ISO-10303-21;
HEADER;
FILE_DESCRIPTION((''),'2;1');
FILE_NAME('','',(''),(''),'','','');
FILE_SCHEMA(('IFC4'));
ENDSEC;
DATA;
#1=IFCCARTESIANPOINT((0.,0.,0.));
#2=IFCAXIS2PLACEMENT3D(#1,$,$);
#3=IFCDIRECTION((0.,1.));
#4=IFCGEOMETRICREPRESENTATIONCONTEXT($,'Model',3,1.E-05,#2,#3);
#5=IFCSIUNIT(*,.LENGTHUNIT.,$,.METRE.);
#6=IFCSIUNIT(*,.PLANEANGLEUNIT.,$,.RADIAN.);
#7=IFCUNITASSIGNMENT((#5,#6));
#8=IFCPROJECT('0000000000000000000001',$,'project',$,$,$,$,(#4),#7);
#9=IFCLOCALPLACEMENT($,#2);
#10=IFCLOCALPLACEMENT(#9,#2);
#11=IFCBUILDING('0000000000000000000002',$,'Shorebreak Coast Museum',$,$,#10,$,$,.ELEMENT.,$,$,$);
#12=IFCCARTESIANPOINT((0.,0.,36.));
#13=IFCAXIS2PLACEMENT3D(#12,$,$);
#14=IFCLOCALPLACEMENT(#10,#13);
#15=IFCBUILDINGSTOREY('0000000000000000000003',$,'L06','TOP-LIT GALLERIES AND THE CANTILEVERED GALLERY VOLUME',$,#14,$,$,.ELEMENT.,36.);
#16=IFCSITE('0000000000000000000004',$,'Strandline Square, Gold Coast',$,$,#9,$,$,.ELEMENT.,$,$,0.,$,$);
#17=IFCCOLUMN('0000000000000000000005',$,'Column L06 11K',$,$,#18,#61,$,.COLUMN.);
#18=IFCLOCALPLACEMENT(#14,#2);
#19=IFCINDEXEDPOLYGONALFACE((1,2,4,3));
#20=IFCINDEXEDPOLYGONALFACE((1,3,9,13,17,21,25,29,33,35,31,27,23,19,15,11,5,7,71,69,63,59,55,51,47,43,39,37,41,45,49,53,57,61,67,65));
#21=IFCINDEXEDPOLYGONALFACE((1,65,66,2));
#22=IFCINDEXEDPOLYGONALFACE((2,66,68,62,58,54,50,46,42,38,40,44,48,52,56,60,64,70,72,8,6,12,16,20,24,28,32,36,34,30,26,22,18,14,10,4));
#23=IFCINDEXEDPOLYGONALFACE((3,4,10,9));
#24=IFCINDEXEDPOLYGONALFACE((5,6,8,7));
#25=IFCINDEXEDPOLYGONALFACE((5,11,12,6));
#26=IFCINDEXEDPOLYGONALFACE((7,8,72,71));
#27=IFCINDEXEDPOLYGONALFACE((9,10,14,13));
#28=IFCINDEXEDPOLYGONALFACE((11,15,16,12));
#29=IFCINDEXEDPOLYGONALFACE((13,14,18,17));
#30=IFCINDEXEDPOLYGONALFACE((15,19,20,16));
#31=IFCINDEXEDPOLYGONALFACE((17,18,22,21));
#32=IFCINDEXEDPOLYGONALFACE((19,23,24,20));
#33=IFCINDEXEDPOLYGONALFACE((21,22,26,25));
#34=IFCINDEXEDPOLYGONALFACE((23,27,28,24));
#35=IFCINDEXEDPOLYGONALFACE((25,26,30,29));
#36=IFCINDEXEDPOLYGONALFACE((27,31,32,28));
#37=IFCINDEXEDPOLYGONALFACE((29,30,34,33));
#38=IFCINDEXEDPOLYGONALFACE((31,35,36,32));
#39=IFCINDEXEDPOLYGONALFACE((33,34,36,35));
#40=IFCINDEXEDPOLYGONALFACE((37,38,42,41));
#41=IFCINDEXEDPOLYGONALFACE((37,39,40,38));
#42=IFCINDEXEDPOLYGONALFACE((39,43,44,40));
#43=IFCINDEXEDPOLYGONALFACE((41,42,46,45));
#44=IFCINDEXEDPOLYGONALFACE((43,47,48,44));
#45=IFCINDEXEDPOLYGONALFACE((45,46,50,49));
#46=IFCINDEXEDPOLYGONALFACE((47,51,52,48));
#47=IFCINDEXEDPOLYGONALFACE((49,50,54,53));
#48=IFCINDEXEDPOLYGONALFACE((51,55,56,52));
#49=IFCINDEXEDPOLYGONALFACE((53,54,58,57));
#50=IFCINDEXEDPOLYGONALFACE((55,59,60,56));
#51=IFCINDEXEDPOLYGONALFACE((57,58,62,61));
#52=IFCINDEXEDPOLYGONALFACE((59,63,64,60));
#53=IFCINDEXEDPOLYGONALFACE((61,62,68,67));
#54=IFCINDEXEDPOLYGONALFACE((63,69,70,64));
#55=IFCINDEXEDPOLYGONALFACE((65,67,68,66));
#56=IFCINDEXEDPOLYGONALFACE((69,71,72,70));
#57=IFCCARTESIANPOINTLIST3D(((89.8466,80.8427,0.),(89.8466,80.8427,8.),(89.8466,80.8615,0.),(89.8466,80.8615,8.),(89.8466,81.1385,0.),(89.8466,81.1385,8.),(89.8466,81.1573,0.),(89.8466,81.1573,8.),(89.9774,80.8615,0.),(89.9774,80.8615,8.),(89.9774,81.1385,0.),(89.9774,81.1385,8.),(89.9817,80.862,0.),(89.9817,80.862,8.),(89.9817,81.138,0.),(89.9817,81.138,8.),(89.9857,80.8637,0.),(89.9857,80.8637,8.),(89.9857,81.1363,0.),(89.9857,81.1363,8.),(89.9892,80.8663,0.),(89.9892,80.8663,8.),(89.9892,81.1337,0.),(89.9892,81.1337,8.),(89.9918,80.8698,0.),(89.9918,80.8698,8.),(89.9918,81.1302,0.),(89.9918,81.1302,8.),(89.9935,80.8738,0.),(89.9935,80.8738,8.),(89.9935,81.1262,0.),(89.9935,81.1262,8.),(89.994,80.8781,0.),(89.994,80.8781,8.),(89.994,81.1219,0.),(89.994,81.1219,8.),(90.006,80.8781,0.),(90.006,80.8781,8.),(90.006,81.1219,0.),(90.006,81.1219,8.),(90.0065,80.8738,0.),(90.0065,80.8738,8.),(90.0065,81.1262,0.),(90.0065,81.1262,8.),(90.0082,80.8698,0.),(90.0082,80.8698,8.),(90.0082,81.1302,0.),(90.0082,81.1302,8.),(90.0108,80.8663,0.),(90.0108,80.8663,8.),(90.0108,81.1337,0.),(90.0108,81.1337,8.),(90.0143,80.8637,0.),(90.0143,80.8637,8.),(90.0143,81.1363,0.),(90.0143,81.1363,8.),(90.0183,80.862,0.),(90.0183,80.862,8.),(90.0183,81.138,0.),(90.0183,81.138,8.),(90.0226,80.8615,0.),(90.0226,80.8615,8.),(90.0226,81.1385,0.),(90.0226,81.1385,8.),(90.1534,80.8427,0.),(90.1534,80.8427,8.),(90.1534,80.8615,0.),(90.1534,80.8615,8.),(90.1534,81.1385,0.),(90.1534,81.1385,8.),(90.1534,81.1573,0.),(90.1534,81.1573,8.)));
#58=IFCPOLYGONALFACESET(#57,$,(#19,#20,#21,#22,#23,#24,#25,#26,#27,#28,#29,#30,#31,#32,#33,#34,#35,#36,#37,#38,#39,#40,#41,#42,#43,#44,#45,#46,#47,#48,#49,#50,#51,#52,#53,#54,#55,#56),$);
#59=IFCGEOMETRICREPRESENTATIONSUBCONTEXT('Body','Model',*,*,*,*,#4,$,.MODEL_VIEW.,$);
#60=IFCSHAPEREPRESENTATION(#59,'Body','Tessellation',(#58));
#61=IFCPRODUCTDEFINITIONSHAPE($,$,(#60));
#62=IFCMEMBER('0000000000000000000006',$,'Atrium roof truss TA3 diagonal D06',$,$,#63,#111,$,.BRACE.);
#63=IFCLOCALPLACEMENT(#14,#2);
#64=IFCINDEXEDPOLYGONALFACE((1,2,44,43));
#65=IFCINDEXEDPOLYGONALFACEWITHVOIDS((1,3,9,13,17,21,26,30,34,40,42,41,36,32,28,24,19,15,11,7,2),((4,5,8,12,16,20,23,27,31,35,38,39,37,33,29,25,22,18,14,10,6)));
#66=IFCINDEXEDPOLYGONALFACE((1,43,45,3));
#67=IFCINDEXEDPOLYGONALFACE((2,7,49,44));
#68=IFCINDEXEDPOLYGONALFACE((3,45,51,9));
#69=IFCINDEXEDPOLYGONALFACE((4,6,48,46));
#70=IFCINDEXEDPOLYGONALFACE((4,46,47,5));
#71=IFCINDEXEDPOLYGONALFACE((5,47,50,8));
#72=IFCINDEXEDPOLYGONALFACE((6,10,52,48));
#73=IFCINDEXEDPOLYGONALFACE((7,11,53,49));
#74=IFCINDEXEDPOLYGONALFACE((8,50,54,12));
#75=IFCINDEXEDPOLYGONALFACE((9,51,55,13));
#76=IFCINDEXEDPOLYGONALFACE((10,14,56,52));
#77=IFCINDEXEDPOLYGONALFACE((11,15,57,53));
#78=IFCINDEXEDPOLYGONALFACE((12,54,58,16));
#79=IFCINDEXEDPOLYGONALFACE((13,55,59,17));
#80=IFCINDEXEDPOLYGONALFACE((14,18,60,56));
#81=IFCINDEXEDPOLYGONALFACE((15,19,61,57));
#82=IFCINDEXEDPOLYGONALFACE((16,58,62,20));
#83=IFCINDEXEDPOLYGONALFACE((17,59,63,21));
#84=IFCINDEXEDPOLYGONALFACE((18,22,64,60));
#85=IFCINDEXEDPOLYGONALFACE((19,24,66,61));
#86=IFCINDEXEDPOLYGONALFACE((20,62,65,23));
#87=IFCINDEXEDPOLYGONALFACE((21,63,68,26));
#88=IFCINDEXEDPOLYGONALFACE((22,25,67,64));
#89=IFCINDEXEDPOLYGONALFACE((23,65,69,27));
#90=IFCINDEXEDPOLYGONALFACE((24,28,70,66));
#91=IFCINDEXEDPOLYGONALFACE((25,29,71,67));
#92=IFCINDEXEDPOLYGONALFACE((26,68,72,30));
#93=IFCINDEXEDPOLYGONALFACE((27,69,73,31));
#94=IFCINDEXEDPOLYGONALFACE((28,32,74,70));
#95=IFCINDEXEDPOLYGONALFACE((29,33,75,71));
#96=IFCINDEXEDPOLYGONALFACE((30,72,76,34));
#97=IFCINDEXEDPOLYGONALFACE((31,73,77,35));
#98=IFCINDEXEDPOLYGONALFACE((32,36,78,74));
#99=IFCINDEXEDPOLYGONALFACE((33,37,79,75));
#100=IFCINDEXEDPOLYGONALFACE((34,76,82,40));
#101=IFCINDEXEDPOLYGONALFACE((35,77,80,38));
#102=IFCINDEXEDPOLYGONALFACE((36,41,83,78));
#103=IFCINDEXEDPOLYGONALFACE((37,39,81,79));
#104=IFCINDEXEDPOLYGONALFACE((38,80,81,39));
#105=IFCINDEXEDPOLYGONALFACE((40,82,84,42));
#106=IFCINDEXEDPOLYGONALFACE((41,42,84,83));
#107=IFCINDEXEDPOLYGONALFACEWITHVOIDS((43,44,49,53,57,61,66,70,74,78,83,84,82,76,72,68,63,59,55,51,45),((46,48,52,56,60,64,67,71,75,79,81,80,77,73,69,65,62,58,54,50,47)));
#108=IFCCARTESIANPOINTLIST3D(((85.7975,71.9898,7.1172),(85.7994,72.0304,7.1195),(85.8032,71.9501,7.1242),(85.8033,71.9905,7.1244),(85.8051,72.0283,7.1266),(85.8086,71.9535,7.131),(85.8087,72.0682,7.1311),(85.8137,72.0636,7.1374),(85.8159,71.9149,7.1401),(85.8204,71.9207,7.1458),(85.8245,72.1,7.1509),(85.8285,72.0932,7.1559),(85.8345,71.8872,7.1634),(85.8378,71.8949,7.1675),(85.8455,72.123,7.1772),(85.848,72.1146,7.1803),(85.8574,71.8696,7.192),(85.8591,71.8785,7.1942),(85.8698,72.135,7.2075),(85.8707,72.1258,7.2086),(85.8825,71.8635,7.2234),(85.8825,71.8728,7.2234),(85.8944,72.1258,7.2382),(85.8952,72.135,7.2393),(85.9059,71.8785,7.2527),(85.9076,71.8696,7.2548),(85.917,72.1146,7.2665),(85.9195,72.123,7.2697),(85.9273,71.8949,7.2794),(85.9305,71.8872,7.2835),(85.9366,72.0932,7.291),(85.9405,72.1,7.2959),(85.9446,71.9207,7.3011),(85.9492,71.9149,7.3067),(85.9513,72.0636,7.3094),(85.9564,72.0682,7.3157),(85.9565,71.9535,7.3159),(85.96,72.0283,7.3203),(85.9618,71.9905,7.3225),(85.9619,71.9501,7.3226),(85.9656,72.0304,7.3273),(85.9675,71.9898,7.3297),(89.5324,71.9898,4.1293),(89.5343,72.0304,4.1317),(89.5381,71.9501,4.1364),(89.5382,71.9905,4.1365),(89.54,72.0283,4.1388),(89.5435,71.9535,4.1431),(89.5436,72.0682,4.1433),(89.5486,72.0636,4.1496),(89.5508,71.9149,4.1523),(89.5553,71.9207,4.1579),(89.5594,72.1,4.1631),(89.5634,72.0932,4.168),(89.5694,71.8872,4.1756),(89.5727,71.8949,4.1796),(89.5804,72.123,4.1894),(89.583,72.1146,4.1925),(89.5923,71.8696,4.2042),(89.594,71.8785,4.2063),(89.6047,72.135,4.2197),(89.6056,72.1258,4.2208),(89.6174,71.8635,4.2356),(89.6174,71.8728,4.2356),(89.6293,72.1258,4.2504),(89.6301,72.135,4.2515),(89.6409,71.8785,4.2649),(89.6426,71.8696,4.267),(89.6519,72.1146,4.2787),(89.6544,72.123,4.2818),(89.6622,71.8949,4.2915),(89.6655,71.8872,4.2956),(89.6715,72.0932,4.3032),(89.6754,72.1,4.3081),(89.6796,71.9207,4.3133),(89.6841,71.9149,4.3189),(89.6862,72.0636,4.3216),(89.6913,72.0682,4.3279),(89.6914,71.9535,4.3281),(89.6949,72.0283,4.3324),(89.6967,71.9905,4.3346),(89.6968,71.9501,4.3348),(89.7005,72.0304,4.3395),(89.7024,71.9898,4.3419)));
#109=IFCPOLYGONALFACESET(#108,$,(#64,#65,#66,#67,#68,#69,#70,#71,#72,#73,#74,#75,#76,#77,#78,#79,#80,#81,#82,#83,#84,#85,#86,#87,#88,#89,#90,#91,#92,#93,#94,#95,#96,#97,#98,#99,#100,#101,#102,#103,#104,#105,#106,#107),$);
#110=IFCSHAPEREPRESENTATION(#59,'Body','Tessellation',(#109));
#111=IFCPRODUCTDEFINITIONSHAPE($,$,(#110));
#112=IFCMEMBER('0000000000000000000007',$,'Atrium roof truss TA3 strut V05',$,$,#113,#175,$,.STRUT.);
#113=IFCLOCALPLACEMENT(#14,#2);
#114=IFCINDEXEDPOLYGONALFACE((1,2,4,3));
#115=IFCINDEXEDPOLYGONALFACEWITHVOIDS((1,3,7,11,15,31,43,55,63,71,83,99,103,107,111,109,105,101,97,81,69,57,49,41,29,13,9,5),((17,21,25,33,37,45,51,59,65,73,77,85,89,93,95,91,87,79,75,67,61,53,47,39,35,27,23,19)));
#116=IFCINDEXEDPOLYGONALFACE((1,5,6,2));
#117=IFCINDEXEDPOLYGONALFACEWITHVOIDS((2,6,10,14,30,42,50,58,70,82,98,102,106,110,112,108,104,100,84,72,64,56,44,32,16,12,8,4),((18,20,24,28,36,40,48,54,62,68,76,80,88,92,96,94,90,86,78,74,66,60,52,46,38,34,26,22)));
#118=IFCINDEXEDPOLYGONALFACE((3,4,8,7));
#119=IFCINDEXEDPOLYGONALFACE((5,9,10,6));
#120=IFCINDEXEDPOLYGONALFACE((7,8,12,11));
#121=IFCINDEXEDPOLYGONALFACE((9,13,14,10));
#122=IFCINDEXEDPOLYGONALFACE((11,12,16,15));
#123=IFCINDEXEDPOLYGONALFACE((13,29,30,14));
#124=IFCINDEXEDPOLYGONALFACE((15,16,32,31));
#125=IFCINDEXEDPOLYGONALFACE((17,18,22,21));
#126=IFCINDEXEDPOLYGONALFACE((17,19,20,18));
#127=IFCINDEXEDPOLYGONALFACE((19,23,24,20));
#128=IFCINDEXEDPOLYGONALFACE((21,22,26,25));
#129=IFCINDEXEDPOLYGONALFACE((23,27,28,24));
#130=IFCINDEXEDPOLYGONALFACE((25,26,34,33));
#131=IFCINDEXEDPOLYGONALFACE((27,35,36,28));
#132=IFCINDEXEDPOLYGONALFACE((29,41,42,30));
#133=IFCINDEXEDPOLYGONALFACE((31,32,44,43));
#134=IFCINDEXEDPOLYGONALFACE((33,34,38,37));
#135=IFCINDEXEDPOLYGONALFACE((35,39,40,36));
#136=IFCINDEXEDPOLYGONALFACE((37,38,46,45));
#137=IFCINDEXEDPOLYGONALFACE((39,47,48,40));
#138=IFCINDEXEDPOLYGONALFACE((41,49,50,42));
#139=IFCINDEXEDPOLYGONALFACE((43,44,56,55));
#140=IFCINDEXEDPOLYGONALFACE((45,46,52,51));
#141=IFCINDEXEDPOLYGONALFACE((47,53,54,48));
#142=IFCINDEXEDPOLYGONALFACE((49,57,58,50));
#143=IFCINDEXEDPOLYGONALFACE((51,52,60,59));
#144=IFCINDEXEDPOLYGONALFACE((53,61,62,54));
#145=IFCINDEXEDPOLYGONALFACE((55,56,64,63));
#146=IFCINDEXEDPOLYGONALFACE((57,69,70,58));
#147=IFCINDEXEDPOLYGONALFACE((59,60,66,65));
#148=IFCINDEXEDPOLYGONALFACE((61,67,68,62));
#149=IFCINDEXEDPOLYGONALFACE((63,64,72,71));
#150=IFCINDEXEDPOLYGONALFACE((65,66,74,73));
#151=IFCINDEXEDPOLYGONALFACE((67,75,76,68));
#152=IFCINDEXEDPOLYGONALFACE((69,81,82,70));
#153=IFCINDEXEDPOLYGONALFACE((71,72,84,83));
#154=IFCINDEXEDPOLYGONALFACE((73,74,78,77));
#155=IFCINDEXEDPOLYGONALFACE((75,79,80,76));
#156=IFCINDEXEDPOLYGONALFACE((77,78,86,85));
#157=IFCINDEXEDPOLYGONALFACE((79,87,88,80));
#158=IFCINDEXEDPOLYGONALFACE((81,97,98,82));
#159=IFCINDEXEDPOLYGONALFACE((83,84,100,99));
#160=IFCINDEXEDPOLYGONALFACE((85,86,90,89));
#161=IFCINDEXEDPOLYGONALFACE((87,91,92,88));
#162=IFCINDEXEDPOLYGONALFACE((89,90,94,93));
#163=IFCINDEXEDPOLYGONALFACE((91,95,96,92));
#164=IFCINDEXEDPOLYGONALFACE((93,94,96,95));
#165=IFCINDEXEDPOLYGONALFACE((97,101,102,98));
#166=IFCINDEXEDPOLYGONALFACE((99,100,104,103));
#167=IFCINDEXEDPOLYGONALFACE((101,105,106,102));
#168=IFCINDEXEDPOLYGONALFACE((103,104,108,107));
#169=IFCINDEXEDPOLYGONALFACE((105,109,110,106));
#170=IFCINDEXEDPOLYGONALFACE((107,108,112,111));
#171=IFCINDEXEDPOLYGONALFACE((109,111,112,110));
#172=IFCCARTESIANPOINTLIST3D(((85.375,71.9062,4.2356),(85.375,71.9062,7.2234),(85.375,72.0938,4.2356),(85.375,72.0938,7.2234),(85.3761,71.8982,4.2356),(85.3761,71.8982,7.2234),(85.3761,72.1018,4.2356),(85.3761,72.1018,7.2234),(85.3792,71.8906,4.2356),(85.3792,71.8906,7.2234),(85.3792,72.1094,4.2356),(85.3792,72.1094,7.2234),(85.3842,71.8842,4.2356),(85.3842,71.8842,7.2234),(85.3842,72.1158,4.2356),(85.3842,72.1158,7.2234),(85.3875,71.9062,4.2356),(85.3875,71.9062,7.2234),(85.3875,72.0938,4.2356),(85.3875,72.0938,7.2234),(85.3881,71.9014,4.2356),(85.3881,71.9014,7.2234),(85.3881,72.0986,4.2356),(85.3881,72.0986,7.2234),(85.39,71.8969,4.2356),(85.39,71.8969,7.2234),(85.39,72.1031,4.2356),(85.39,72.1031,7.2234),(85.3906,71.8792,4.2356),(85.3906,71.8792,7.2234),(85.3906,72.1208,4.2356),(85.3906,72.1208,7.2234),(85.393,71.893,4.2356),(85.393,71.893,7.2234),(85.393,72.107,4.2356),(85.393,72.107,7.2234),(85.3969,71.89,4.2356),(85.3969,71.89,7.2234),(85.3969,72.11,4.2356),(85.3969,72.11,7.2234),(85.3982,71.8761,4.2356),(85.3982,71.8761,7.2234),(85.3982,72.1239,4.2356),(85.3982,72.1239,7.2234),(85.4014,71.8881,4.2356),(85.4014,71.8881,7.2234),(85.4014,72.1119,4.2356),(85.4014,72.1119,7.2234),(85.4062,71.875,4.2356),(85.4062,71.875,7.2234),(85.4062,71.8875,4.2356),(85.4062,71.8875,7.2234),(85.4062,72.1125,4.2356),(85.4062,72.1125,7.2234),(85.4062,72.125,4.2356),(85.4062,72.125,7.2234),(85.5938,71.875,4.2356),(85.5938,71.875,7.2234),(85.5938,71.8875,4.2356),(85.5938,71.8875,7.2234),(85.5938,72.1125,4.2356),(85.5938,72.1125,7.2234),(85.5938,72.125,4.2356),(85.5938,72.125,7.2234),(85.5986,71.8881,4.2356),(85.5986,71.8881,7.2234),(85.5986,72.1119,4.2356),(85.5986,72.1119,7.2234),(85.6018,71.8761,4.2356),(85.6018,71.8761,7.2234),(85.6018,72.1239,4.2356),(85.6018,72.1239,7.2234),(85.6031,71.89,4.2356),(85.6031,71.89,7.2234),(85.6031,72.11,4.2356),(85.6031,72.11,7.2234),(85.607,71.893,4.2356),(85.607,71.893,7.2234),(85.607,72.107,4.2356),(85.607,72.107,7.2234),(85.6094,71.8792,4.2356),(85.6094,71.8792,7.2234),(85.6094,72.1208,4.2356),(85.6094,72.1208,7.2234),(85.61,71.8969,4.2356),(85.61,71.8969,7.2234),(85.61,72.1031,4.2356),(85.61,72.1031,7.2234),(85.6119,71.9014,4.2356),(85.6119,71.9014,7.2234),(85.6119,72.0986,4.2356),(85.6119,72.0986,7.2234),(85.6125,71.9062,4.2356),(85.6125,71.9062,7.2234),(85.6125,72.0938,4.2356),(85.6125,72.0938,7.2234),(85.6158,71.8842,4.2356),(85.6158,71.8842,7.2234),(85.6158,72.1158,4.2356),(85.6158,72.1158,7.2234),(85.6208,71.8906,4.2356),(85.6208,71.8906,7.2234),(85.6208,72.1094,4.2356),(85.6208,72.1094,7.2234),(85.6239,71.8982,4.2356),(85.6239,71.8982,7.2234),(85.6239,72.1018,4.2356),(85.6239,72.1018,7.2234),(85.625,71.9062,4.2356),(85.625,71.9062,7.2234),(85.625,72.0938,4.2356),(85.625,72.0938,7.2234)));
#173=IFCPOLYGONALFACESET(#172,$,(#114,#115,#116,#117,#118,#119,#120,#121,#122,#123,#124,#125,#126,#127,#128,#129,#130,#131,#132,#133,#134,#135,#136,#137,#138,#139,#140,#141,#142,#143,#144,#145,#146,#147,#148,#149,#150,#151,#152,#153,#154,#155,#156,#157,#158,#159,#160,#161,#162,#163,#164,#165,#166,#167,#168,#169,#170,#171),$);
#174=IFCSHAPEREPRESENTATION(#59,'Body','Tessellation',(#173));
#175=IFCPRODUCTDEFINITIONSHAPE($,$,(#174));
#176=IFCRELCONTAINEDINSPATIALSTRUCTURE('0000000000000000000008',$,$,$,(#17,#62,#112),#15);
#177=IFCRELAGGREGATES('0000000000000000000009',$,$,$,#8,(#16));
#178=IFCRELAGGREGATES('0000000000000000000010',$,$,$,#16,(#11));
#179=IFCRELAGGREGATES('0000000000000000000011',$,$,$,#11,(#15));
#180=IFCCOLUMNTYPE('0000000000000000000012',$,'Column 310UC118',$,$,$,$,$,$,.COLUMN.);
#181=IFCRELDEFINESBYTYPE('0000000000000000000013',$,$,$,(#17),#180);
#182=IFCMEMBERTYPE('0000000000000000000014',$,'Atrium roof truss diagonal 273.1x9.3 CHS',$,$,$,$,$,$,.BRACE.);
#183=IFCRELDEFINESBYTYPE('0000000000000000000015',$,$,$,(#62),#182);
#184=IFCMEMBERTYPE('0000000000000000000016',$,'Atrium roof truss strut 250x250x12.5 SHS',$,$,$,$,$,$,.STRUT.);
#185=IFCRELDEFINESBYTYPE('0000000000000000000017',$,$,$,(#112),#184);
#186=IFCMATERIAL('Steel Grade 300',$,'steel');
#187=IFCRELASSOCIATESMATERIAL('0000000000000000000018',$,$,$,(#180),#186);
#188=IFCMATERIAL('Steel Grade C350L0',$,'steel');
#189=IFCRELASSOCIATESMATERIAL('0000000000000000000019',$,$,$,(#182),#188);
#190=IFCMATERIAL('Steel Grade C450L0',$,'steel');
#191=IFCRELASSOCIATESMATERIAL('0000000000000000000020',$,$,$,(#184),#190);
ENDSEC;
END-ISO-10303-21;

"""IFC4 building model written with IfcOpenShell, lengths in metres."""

from ifc_helpers import new_model, si_unit, direction, frame, origin, origin_2d, place, context, subcontext, project, spatial, hollow_rectangle, hollow_circle, i_section, extrude, material, material_profile, profile_set, type_object, element, save


model = new_model("IFC4")

# Units and contexts
model_context = context("Model", 3, precision=1e-05, world=origin(), true_north=direction((0.0, 1.0)))
body_context = subcontext(model_context, "Body", "Model", "MODEL_VIEW")
ifc_project = project(units=[si_unit("LENGTHUNIT", "METRE"), si_unit("PLANEANGLEUNIT", "RADIAN")], contexts=[model_context])

# Site, building, storey
site_placement = place(None, origin())
site = spatial("IfcSite", under=ifc_project, at=site_placement, Name="Strandline Square, Gold Coast", CompositionType="ELEMENT", RefElevation=0.0)
building_placement = place(site_placement, origin())
building = spatial("IfcBuilding", under=site, at=building_placement, Name="Shorebreak Coast Museum", CompositionType="ELEMENT")
storey_placement = place(building_placement, frame((0.0, 0.0, 36.0)))
storey = spatial("IfcBuildingStorey", under=building, at=storey_placement, Name="L06", Description="TOP-LIT GALLERIES AND THE CANTILEVERED GALLERY VOLUME", CompositionType="ELEMENT", Elevation=36.0)

# Column
ifc_material_1 = material(Name="Steel Grade 300", Category="steel")
ifc_material_profile_1 = material_profile(ifc_material_1, i_section(OverallWidth=0.3069, OverallDepth=0.3147, WebThickness=0.012, FlangeThickness=0.0188, FilletRadius=0.0166, at=origin_2d()), Name="310UC118")
ifc_profile_set_1 = profile_set([ifc_material_profile_1], Name="Steel Grade 300")
column_type = type_object("IfcColumnType", Name="Column 310UC118", PredefinedType="COLUMN", material=ifc_profile_set_1)
column_placement = place(storey_placement, frame((90.0, 81.0, 0.0), z_axis=(0.0, 0.0, 1.0), x_axis=(1.0, 0.0, 0.0)))
element("IfcColumn", 1, at=column_placement, inside=storey, type_object=column_type, Name="Column L06 11K", PredefinedType="COLUMN", context=body_context, shape_type="SweptSolid", body=[
    extrude(i_section(OverallWidth=0.3069, OverallDepth=0.3147, WebThickness=0.012, FlangeThickness=0.0188, FilletRadius=0.0166, at=origin_2d()), origin(), (0.0, 0.0, 1.0), 8.0),
])

# Members
ifc_material_2 = material(Name="Steel Grade C350L0", Category="steel")
ifc_material_profile_2 = material_profile(ifc_material_2, hollow_circle(Radius=0.1365, WallThickness=0.0093, at=origin_2d()), Name="273.1x9.3 CHS")
ifc_profile_set_2 = profile_set([ifc_material_profile_2], Name="Steel Grade C350L0")
member_type_1 = type_object("IfcMemberType", Name="Atrium roof truss diagonal 273.1x9.3 CHS", PredefinedType="BRACE", material=ifc_profile_set_2)
member_1_placement = place(storey_placement, frame((89.6174, 72.0, 4.2356), z_axis=(-0.780879, 0.0, 0.624683), x_axis=(0.0, -1.0, 0.0)))
element("IfcMember", 2, at=member_1_placement, inside=storey, type_object=member_type_1, Name="Atrium roof truss TA3 diagonal D06", PredefinedType="BRACE", context=body_context, shape_type="SweptSolid", body=[
    extrude(hollow_circle(Radius=0.1365, WallThickness=0.0093, at=origin_2d()), origin(), (0.0, 0.0, 1.0), 4.783),
])
ifc_material_3 = material(Name="Steel Grade C450L0", Category="steel")
ifc_material_profile_3 = material_profile(ifc_material_3, hollow_rectangle(XDim=0.25, YDim=0.25, WallThickness=0.0125, InnerFilletRadius=0.0188, OuterFilletRadius=0.0312, at=origin_2d()), Name="250x250x12.5 SHS")
ifc_profile_set_3 = profile_set([ifc_material_profile_3], Name="Steel Grade C450L0")
member_type_2 = type_object("IfcMemberType", Name="Atrium roof truss strut 250x250x12.5 SHS", PredefinedType="STRUT", material=ifc_profile_set_3)
for number, where, z_axis, x_axis, name in (
    (3, (85.5, 72.0, 4.2356), (0.0, 0.0, 1.0), (1.0, 0.0, 0.0), "Atrium roof truss TA3 strut V05"),
):
    element("IfcMember", number, at=place(storey_placement, frame(where, z_axis=z_axis, x_axis=x_axis)), inside=storey, type_object=member_type_2, Name=name, PredefinedType="STRUT", context=body_context, shape_type="SweptSolid", body=[
        extrude(hollow_rectangle(XDim=0.25, YDim=0.25, WallThickness=0.0125, InnerFilletRadius=0.0188, OuterFilletRadius=0.0312, at=origin_2d()), origin(), (0.0, 0.0, 1.0), 2.9878),
    ])

save(model, "model.ifc")
